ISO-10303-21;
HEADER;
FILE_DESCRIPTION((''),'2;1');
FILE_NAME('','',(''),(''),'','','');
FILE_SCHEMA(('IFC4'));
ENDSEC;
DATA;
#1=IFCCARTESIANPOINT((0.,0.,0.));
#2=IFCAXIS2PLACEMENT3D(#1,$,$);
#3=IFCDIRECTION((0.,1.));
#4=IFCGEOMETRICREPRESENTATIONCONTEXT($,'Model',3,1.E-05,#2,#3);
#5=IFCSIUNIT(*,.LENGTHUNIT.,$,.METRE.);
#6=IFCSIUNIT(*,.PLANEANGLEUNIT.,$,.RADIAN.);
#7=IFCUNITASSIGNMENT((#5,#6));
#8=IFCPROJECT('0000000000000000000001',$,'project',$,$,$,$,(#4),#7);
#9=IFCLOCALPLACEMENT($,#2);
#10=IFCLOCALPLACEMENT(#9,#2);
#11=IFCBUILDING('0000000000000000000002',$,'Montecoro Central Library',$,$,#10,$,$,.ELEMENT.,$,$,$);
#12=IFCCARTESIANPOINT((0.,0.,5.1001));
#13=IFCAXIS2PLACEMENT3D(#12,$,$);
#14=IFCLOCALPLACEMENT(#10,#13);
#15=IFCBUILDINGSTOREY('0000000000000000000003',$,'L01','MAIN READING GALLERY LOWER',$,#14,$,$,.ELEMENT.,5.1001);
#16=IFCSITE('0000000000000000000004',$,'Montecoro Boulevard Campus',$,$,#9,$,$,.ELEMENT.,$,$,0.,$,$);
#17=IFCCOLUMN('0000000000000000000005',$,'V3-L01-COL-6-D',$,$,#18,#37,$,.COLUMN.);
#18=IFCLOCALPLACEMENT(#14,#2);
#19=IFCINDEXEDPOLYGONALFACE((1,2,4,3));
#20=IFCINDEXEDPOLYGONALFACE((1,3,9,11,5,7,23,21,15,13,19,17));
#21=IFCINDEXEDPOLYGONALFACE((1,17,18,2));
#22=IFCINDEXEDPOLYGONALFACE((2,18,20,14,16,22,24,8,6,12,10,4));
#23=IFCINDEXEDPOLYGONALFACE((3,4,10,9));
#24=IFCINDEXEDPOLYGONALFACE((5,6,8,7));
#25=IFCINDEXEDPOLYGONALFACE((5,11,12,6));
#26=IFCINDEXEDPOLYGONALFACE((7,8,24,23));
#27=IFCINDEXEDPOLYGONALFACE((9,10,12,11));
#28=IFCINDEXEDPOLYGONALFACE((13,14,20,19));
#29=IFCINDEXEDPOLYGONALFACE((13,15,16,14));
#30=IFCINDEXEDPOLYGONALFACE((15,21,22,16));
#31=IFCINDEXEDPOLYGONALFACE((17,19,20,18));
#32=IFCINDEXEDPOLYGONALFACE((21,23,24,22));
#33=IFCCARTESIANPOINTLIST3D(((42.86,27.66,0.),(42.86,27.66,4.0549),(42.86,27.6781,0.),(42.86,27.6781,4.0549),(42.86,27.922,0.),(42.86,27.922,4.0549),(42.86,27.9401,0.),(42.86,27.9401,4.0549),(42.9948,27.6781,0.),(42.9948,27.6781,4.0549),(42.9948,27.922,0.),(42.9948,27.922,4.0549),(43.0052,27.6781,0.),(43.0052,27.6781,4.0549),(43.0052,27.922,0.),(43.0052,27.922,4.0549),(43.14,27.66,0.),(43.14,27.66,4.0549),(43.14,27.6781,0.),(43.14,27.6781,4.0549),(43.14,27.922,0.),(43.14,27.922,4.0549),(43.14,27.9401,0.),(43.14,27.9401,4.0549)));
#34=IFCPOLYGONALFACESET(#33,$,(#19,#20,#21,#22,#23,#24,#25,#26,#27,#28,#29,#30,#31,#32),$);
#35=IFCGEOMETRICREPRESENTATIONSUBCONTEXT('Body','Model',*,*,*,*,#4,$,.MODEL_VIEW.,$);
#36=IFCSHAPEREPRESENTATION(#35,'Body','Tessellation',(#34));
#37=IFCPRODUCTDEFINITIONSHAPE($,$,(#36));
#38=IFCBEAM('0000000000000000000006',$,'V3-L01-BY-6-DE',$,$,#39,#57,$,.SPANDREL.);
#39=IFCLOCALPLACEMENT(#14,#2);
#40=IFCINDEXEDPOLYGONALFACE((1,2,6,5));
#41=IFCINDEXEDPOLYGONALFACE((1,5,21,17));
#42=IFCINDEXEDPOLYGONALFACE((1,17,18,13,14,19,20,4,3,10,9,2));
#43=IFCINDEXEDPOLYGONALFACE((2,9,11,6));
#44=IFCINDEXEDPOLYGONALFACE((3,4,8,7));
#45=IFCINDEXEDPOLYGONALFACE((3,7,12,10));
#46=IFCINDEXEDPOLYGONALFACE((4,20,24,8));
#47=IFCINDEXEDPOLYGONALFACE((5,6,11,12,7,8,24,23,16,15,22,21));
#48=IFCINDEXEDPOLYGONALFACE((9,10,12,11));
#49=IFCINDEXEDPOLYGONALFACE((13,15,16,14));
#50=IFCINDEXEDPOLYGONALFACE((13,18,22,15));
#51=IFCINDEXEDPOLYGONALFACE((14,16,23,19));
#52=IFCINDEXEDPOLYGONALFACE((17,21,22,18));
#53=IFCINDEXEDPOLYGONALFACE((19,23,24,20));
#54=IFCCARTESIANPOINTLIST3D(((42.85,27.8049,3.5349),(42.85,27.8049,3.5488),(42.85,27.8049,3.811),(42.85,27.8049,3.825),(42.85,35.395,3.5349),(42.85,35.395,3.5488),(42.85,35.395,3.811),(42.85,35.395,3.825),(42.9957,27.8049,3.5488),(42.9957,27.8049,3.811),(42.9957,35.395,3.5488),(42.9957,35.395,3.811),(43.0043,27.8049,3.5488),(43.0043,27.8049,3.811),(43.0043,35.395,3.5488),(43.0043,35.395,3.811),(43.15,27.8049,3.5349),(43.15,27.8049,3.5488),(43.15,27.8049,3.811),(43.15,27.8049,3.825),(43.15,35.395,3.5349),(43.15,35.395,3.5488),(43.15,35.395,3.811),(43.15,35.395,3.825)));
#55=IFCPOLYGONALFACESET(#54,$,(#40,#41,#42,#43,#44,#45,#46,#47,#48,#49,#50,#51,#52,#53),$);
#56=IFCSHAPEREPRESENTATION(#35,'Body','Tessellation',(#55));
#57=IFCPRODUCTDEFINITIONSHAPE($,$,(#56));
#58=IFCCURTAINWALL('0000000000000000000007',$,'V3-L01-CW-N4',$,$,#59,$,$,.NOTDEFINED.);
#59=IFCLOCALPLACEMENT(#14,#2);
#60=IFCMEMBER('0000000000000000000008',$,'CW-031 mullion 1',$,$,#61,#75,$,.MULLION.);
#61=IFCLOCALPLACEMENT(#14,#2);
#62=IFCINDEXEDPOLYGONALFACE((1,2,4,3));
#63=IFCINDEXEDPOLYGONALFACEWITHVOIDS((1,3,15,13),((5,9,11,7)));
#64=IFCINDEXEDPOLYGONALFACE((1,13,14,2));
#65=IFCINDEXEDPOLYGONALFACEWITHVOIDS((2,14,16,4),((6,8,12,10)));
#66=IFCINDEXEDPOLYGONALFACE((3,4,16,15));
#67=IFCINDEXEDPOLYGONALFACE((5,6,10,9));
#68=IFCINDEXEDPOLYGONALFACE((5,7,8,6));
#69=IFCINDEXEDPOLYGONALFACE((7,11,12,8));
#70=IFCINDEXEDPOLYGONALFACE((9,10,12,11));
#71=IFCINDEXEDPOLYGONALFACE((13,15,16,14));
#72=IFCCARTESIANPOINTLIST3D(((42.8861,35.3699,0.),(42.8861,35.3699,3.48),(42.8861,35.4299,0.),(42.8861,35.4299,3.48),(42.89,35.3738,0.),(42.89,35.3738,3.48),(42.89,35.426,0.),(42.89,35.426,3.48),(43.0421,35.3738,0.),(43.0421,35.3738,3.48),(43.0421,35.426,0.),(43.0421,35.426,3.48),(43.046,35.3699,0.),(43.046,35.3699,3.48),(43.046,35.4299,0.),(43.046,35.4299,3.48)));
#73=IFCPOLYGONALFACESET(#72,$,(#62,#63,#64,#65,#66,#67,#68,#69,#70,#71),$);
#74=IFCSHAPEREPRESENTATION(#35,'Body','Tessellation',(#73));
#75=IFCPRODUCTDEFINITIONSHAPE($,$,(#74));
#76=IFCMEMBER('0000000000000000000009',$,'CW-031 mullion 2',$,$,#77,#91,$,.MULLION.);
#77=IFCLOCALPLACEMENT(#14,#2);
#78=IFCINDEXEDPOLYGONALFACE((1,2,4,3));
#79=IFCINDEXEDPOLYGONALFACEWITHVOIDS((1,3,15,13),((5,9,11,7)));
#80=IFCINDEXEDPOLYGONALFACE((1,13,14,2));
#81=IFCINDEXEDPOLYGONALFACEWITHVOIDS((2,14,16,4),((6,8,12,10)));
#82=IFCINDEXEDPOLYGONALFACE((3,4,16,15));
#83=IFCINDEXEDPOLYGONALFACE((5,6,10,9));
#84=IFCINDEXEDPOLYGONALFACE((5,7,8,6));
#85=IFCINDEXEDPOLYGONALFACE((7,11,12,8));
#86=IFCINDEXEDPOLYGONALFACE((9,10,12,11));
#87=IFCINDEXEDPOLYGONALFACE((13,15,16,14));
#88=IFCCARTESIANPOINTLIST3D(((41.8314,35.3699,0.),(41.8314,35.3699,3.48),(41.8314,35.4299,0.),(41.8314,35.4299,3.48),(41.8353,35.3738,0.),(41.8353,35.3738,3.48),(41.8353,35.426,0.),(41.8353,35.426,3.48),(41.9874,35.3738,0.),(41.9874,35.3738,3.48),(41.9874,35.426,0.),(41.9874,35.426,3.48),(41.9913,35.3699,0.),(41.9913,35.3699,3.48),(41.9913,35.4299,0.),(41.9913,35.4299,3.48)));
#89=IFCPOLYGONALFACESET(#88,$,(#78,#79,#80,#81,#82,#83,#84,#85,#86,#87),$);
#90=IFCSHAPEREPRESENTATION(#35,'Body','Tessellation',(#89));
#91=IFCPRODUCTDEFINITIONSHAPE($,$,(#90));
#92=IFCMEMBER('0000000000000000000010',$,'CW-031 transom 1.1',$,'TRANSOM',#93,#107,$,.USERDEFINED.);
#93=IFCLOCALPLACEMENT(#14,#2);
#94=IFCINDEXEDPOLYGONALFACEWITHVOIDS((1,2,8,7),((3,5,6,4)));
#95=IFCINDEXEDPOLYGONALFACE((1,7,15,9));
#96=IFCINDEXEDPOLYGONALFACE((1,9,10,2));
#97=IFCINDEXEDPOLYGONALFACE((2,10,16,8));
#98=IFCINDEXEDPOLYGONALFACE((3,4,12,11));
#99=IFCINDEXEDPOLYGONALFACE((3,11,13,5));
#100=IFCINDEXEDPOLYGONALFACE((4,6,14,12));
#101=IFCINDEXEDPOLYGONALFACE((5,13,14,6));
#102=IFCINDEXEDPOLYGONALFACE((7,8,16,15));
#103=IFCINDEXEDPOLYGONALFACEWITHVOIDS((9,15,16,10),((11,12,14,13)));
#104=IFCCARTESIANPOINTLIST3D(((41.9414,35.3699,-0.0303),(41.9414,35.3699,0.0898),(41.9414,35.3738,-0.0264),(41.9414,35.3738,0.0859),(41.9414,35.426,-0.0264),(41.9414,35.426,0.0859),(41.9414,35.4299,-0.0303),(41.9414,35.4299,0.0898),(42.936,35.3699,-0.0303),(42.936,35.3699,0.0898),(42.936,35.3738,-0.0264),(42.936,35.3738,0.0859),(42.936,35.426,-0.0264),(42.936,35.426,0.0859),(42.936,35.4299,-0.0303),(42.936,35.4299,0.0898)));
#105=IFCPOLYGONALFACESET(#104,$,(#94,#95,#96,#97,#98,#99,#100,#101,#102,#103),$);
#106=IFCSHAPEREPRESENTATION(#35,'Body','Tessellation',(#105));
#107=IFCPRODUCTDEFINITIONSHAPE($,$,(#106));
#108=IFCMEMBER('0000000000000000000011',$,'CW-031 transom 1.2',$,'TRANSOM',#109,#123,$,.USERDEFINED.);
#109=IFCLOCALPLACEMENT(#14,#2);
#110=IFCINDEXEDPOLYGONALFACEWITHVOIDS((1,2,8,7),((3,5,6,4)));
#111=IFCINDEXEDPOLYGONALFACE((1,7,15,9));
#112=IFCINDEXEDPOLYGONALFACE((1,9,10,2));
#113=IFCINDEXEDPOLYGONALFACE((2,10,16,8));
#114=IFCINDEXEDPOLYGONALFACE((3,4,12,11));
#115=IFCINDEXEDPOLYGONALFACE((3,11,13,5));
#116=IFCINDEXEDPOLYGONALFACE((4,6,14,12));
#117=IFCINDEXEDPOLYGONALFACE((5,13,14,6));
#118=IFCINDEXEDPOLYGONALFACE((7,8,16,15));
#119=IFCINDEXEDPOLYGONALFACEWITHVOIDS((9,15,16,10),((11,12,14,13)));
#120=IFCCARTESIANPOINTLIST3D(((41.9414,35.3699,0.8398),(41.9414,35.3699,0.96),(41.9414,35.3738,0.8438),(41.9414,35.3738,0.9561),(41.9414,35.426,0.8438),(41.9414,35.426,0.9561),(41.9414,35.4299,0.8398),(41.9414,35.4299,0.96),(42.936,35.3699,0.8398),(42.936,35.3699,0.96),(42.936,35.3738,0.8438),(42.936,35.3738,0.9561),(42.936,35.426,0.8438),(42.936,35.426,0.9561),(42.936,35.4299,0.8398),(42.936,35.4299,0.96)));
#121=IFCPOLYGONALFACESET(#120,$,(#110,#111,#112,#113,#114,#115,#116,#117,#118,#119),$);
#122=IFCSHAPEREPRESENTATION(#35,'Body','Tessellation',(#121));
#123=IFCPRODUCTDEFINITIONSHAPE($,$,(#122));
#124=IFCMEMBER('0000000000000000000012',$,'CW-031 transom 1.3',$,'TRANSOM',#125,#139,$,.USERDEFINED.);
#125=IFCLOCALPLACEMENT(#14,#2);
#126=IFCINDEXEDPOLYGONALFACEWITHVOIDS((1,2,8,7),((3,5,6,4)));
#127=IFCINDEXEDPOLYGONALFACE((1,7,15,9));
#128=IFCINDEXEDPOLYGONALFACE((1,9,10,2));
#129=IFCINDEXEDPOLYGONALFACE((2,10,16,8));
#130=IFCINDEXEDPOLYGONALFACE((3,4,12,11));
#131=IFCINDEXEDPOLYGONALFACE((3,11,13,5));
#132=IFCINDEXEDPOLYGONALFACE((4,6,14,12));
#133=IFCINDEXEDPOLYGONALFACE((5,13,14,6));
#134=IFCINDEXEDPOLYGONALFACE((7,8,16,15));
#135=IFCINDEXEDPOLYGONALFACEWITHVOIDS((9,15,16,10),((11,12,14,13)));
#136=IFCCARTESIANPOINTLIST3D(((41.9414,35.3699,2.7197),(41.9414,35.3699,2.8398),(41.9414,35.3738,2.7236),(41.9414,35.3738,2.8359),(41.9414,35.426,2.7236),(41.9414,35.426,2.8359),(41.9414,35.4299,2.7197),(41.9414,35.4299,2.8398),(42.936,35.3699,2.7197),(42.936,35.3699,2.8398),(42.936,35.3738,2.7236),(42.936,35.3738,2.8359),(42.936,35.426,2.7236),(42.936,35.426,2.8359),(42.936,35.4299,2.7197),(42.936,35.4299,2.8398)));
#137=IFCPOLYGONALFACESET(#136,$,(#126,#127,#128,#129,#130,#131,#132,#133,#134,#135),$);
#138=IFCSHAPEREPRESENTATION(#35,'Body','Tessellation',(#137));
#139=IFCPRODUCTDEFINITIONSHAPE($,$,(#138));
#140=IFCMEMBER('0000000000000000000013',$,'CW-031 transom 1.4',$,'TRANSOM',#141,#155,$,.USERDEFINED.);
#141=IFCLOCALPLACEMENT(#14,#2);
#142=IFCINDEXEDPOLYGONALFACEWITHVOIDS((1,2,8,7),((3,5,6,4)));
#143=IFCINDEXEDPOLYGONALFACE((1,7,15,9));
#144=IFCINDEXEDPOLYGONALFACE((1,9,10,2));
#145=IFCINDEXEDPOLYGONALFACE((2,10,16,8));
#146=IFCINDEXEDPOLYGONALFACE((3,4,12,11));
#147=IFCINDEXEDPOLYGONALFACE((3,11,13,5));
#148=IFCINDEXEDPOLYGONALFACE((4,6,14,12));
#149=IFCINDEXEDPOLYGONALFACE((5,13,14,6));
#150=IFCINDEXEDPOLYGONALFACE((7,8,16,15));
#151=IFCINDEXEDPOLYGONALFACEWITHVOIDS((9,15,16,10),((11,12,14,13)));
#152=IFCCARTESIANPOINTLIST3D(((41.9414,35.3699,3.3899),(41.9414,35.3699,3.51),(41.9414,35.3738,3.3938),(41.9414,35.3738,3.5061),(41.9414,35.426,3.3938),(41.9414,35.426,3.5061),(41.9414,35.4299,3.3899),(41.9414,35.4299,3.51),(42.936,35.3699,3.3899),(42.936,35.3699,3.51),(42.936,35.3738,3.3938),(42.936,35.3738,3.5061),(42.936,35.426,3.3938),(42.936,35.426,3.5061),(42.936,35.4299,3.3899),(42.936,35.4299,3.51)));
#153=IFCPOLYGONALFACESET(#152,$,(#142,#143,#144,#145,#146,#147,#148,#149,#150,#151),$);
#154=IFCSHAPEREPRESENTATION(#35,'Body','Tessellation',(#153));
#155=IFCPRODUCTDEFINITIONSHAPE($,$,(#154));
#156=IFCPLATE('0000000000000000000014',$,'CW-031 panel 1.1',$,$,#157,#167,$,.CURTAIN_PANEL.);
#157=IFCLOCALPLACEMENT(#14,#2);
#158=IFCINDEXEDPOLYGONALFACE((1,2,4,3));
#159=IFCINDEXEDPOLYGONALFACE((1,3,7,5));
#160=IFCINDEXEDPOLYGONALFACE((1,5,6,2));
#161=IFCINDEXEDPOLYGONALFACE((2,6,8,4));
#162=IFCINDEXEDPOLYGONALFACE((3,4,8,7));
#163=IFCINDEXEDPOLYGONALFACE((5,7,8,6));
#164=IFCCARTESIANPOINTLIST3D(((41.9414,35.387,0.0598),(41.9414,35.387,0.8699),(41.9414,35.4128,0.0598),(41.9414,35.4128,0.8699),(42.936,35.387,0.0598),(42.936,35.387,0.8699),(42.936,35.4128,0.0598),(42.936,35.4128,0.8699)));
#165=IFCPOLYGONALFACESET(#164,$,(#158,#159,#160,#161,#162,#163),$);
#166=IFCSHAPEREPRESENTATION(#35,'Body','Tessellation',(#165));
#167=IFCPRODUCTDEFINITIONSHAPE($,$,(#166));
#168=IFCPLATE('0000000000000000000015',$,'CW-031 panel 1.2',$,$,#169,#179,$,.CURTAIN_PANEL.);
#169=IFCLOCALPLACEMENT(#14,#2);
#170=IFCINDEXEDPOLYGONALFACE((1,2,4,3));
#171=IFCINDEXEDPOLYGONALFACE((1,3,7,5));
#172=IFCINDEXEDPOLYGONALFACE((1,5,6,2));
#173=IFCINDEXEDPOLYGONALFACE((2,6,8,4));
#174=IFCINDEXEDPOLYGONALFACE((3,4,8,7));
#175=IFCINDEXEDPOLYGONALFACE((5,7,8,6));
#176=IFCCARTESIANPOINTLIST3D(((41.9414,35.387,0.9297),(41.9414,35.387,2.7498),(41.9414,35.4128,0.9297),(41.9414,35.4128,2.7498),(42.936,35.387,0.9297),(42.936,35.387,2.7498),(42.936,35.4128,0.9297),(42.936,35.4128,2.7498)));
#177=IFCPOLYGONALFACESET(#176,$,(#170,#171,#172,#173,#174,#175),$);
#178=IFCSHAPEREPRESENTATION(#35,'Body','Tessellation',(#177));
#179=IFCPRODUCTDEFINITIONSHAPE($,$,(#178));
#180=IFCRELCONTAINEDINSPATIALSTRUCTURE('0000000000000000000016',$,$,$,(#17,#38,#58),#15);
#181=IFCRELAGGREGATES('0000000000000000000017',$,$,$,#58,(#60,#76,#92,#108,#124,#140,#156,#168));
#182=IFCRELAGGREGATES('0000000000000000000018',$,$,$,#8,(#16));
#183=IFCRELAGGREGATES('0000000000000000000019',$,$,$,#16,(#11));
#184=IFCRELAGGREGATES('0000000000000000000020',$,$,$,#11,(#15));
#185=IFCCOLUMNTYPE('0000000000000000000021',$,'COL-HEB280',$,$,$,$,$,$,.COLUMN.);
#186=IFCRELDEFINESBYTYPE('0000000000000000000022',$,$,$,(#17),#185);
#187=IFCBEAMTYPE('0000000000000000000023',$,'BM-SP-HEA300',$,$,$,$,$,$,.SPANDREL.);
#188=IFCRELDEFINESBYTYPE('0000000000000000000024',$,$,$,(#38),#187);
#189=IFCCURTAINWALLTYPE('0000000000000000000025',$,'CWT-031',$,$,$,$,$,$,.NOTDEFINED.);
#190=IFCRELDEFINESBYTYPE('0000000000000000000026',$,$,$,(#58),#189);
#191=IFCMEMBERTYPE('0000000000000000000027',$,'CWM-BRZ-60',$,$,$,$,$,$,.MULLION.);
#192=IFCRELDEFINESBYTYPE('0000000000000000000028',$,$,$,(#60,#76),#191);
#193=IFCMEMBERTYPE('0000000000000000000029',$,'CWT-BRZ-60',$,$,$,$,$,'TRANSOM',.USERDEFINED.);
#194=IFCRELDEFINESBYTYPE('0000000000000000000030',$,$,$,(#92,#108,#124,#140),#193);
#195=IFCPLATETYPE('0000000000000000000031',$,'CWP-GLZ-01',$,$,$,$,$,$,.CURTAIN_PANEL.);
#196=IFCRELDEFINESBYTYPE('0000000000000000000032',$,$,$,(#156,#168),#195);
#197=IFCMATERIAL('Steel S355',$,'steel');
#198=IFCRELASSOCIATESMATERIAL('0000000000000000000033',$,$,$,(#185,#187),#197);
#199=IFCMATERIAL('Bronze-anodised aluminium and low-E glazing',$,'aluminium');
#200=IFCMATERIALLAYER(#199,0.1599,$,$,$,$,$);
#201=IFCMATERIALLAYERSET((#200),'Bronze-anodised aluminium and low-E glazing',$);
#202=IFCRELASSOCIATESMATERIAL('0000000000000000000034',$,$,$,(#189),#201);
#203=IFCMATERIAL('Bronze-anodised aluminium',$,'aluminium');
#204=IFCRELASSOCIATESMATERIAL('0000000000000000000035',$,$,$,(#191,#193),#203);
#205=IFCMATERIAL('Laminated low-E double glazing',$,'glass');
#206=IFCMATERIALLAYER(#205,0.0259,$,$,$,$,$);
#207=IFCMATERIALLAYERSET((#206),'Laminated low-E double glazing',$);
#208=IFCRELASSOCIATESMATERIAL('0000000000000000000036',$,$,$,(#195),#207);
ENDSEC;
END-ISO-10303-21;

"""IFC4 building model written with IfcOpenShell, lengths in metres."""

from ifc_helpers import new_model, si_unit, direction, frame, origin, origin_2d, place, context, subcontext, project, spatial, rectangle, hollow_rectangle, i_section, extrude, material, layer, layer_set, material_profile, profile_set, type_object, element, aggregate, save


model = new_model("IFC4")

# Units and contexts
model_context = context("Model", 3, precision=1e-05, world=origin(), true_north=direction((0.0, 1.0)))
body_context = subcontext(model_context, "Body", "Model", "MODEL_VIEW")
ifc_project = project(units=[si_unit("LENGTHUNIT", "METRE"), si_unit("PLANEANGLEUNIT", "RADIAN")], contexts=[model_context])

# Site, building, storey
site_placement = place(None, origin())
site = spatial("IfcSite", under=ifc_project, at=site_placement, Name="Montecoro Boulevard Campus", CompositionType="ELEMENT", RefElevation=0.0)
building_placement = place(site_placement, origin())
building = spatial("IfcBuilding", under=site, at=building_placement, Name="Montecoro Central Library", CompositionType="ELEMENT")
storey_placement = place(building_placement, frame((0.0, 0.0, 5.1001)))
storey = spatial("IfcBuildingStorey", under=building, at=storey_placement, Name="L01", Description="MAIN READING GALLERY LOWER", CompositionType="ELEMENT", Elevation=5.1001)

# Column
ifc_material_1 = material(Name="Steel S355", Category="steel")
ifc_material_profile_1 = material_profile(ifc_material_1, i_section(OverallWidth=0.28, OverallDepth=0.28, WebThickness=0.0105, FlangeThickness=0.0181, at=origin_2d()), Name="HEB 280")
ifc_profile_set_1 = profile_set([ifc_material_profile_1], Name="Steel S355")
column_type = type_object("IfcColumnType", Name="COL-HEB280", PredefinedType="COLUMN", material=ifc_profile_set_1)
column_placement = place(storey_placement, frame((43.0, 27.8, 0.0), z_axis=(0.0, 0.0, 1.0), x_axis=(1.0, 0.0, 0.0)))
element("IfcColumn", 1, at=column_placement, inside=storey, type_object=column_type, Name="V3-L01-COL-6-D", PredefinedType="COLUMN", context=body_context, shape_type="SweptSolid", body=[
    extrude(i_section(OverallWidth=0.28, OverallDepth=0.28, WebThickness=0.0105, FlangeThickness=0.0181, at=origin_2d()), origin(), (0.0, 0.0, 1.0), 4.0549),
])

# Beam
ifc_material_profile_2 = material_profile(ifc_material_1, i_section(OverallWidth=0.3, OverallDepth=0.29, WebThickness=0.0085, FlangeThickness=0.0139, at=origin_2d()), Name="HEA 300")
ifc_profile_set_2 = profile_set([ifc_material_profile_2], Name="Steel S355")
beam_type = type_object("IfcBeamType", Name="BM-SP-HEA300", PredefinedType="SPANDREL", material=ifc_profile_set_2)
beam_placement = place(storey_placement, frame((43.0, 27.8049, 3.6799), z_axis=(0.0, 1.0, 0.0), x_axis=(-1.0, 0.0, 0.0)))
element("IfcBeam", 2, at=beam_placement, inside=storey, type_object=beam_type, Name="V3-L01-BY-6-DE", PredefinedType="SPANDREL", context=body_context, shape_type="SweptSolid", body=[
    extrude(i_section(OverallWidth=0.3, OverallDepth=0.29, WebThickness=0.0085, FlangeThickness=0.0139, at=origin_2d()), origin(), (0.0, 0.0, 1.0), 7.5901),
])

# Curtain wall, members, plates
ifc_material_2 = material(Name="Bronze-anodised aluminium and low-E glazing", Category="aluminium")
ifc_layer_1 = layer(ifc_material_2, 0.1599)
ifc_layer_set_1 = layer_set([ifc_layer_1], Name="Bronze-anodised aluminium and low-E glazing")
curtain_wall_type = type_object("IfcCurtainWallType", Name="CWT-031", PredefinedType="NOTDEFINED", material=ifc_layer_set_1)
curtain_wall_placement = place(storey_placement, origin())
curtain_wall = element("IfcCurtainWall", 3, at=curtain_wall_placement, inside=storey, type_object=curtain_wall_type, Name="V3-L01-CW-N4", PredefinedType="NOTDEFINED")
ifc_material_3 = material(Name="Bronze-anodised aluminium", Category="aluminium")
ifc_material_profile_3 = material_profile(ifc_material_3, hollow_rectangle(XDim=0.0601, YDim=0.1599, WallThickness=0.0039, at=origin_2d()), Name="CWM 160x60x4.0")
ifc_profile_set_3 = profile_set([ifc_material_profile_3], Name="Bronze-anodised aluminium")
member_type_1 = type_object("IfcMemberType", Name="CWM-BRZ-60", PredefinedType="MULLION", material=ifc_profile_set_3)
member_1_placement = place(storey_placement, frame((42.9661, 35.3999, 0.0), z_axis=(0.0, 0.0, 1.0), x_axis=(0.0, -1.0, 0.0)))
member_1 = element("IfcMember", 4, at=member_1_placement, type_object=member_type_1, Name="CW-031 mullion 1", PredefinedType="MULLION", context=body_context, shape_type="SweptSolid", body=[
    extrude(hollow_rectangle(XDim=0.0601, YDim=0.1599, WallThickness=0.0039, at=origin_2d()), origin(), (0.0, 0.0, 1.0), 3.48),
])
member_2_placement = place(storey_placement, frame((41.9114, 35.3999, 0.0), z_axis=(0.0, 0.0, 1.0), x_axis=(0.0, -1.0, 0.0)))
member_2 = element("IfcMember", 5, at=member_2_placement, type_object=member_type_1, Name="CW-031 mullion 2", PredefinedType="MULLION", context=body_context, shape_type="SweptSolid", body=[
    extrude(hollow_rectangle(XDim=0.0601, YDim=0.1599, WallThickness=0.0039, at=origin_2d()), origin(), (0.0, 0.0, 1.0), 3.48),
])
ifc_material_profile_4 = material_profile(ifc_material_3, hollow_rectangle(XDim=0.0601, YDim=0.1201, WallThickness=0.0039, at=origin_2d()), Name="CWT 120x60x4.0")
ifc_profile_set_4 = profile_set([ifc_material_profile_4], Name="Bronze-anodised aluminium")
member_type_2 = type_object("IfcMemberType", Name="CWT-BRZ-60", ElementType="TRANSOM", PredefinedType="USERDEFINED", material=ifc_profile_set_4)
member_3_placement = place(storey_placement, frame((42.936, 35.3999, 0.0298), z_axis=(-1.0, 0.0, 0.0), x_axis=(0.0, -1.0, 0.0)))
member_3 = element("IfcMember", 6, at=member_3_placement, type_object=member_type_2, Name="CW-031 transom 1.1", ObjectType="TRANSOM", PredefinedType="USERDEFINED", context=body_context, shape_type="SweptSolid", body=[
    extrude(hollow_rectangle(XDim=0.0601, YDim=0.1201, WallThickness=0.0039, at=origin_2d()), origin(), (0.0, 0.0, 1.0), 0.9946),
])
member_4_placement = place(storey_placement, frame((42.936, 35.3999, 0.8999), z_axis=(-1.0, 0.0, 0.0), x_axis=(0.0, -1.0, 0.0)))
member_4 = element("IfcMember", 7, at=member_4_placement, type_object=member_type_2, Name="CW-031 transom 1.2", ObjectType="TRANSOM", PredefinedType="USERDEFINED", context=body_context, shape_type="SweptSolid", body=[
    extrude(hollow_rectangle(XDim=0.0601, YDim=0.1201, WallThickness=0.0039, at=origin_2d()), origin(), (0.0, 0.0, 1.0), 0.9946),
])
member_5_placement = place(storey_placement, frame((42.936, 35.3999, 2.7798), z_axis=(-1.0, 0.0, 0.0), x_axis=(0.0, -1.0, 0.0)))
member_5 = element("IfcMember", 8, at=member_5_placement, type_object=member_type_2, Name="CW-031 transom 1.3", ObjectType="TRANSOM", PredefinedType="USERDEFINED", context=body_context, shape_type="SweptSolid", body=[
    extrude(hollow_rectangle(XDim=0.0601, YDim=0.1201, WallThickness=0.0039, at=origin_2d()), origin(), (0.0, 0.0, 1.0), 0.9946),
])
member_6_placement = place(storey_placement, frame((42.936, 35.3999, 3.45), z_axis=(-1.0, 0.0, 0.0), x_axis=(0.0, -1.0, 0.0)))
member_6 = element("IfcMember", 9, at=member_6_placement, type_object=member_type_2, Name="CW-031 transom 1.4", ObjectType="TRANSOM", PredefinedType="USERDEFINED", context=body_context, shape_type="SweptSolid", body=[
    extrude(hollow_rectangle(XDim=0.0601, YDim=0.1201, WallThickness=0.0039, at=origin_2d()), origin(), (0.0, 0.0, 1.0), 0.9946),
])
ifc_material_4 = material(Name="Laminated low-E double glazing", Category="glass")
ifc_layer_2 = layer(ifc_material_4, 0.0259)
ifc_layer_set_2 = layer_set([ifc_layer_2], Name="Laminated low-E double glazing")
plate_type = type_object("IfcPlateType", Name="CWP-GLZ-01", PredefinedType="CURTAIN_PANEL", material=ifc_layer_set_2)
plate_1_placement = place(storey_placement, frame((42.4387, 35.3999, 0.0598), z_axis=(0.0, 0.0, 1.0), x_axis=(-1.0, 0.0, 0.0)))
plate_1 = element("IfcPlate", 10, at=plate_1_placement, type_object=plate_type, Name="CW-031 panel 1.1", PredefinedType="CURTAIN_PANEL", context=body_context, shape_type="SweptSolid", body=[
    extrude(rectangle(XDim=0.9946, YDim=0.0259, at=origin_2d()), origin(), (0.0, 0.0, 1.0), 0.8101),
])
plate_2_placement = place(storey_placement, frame((42.4387, 35.3999, 0.9297), z_axis=(0.0, 0.0, 1.0), x_axis=(-1.0, 0.0, 0.0)))
plate_2 = element("IfcPlate", 11, at=plate_2_placement, type_object=plate_type, Name="CW-031 panel 1.2", PredefinedType="CURTAIN_PANEL", context=body_context, shape_type="SweptSolid", body=[
    extrude(rectangle(XDim=0.9946, YDim=0.0259, at=origin_2d()), origin(), (0.0, 0.0, 1.0), 1.8201),
])
aggregate(curtain_wall, [member_1, member_2, member_3, member_4, member_5, member_6, plate_1, plate_2])

save(model, "model.ifc")
